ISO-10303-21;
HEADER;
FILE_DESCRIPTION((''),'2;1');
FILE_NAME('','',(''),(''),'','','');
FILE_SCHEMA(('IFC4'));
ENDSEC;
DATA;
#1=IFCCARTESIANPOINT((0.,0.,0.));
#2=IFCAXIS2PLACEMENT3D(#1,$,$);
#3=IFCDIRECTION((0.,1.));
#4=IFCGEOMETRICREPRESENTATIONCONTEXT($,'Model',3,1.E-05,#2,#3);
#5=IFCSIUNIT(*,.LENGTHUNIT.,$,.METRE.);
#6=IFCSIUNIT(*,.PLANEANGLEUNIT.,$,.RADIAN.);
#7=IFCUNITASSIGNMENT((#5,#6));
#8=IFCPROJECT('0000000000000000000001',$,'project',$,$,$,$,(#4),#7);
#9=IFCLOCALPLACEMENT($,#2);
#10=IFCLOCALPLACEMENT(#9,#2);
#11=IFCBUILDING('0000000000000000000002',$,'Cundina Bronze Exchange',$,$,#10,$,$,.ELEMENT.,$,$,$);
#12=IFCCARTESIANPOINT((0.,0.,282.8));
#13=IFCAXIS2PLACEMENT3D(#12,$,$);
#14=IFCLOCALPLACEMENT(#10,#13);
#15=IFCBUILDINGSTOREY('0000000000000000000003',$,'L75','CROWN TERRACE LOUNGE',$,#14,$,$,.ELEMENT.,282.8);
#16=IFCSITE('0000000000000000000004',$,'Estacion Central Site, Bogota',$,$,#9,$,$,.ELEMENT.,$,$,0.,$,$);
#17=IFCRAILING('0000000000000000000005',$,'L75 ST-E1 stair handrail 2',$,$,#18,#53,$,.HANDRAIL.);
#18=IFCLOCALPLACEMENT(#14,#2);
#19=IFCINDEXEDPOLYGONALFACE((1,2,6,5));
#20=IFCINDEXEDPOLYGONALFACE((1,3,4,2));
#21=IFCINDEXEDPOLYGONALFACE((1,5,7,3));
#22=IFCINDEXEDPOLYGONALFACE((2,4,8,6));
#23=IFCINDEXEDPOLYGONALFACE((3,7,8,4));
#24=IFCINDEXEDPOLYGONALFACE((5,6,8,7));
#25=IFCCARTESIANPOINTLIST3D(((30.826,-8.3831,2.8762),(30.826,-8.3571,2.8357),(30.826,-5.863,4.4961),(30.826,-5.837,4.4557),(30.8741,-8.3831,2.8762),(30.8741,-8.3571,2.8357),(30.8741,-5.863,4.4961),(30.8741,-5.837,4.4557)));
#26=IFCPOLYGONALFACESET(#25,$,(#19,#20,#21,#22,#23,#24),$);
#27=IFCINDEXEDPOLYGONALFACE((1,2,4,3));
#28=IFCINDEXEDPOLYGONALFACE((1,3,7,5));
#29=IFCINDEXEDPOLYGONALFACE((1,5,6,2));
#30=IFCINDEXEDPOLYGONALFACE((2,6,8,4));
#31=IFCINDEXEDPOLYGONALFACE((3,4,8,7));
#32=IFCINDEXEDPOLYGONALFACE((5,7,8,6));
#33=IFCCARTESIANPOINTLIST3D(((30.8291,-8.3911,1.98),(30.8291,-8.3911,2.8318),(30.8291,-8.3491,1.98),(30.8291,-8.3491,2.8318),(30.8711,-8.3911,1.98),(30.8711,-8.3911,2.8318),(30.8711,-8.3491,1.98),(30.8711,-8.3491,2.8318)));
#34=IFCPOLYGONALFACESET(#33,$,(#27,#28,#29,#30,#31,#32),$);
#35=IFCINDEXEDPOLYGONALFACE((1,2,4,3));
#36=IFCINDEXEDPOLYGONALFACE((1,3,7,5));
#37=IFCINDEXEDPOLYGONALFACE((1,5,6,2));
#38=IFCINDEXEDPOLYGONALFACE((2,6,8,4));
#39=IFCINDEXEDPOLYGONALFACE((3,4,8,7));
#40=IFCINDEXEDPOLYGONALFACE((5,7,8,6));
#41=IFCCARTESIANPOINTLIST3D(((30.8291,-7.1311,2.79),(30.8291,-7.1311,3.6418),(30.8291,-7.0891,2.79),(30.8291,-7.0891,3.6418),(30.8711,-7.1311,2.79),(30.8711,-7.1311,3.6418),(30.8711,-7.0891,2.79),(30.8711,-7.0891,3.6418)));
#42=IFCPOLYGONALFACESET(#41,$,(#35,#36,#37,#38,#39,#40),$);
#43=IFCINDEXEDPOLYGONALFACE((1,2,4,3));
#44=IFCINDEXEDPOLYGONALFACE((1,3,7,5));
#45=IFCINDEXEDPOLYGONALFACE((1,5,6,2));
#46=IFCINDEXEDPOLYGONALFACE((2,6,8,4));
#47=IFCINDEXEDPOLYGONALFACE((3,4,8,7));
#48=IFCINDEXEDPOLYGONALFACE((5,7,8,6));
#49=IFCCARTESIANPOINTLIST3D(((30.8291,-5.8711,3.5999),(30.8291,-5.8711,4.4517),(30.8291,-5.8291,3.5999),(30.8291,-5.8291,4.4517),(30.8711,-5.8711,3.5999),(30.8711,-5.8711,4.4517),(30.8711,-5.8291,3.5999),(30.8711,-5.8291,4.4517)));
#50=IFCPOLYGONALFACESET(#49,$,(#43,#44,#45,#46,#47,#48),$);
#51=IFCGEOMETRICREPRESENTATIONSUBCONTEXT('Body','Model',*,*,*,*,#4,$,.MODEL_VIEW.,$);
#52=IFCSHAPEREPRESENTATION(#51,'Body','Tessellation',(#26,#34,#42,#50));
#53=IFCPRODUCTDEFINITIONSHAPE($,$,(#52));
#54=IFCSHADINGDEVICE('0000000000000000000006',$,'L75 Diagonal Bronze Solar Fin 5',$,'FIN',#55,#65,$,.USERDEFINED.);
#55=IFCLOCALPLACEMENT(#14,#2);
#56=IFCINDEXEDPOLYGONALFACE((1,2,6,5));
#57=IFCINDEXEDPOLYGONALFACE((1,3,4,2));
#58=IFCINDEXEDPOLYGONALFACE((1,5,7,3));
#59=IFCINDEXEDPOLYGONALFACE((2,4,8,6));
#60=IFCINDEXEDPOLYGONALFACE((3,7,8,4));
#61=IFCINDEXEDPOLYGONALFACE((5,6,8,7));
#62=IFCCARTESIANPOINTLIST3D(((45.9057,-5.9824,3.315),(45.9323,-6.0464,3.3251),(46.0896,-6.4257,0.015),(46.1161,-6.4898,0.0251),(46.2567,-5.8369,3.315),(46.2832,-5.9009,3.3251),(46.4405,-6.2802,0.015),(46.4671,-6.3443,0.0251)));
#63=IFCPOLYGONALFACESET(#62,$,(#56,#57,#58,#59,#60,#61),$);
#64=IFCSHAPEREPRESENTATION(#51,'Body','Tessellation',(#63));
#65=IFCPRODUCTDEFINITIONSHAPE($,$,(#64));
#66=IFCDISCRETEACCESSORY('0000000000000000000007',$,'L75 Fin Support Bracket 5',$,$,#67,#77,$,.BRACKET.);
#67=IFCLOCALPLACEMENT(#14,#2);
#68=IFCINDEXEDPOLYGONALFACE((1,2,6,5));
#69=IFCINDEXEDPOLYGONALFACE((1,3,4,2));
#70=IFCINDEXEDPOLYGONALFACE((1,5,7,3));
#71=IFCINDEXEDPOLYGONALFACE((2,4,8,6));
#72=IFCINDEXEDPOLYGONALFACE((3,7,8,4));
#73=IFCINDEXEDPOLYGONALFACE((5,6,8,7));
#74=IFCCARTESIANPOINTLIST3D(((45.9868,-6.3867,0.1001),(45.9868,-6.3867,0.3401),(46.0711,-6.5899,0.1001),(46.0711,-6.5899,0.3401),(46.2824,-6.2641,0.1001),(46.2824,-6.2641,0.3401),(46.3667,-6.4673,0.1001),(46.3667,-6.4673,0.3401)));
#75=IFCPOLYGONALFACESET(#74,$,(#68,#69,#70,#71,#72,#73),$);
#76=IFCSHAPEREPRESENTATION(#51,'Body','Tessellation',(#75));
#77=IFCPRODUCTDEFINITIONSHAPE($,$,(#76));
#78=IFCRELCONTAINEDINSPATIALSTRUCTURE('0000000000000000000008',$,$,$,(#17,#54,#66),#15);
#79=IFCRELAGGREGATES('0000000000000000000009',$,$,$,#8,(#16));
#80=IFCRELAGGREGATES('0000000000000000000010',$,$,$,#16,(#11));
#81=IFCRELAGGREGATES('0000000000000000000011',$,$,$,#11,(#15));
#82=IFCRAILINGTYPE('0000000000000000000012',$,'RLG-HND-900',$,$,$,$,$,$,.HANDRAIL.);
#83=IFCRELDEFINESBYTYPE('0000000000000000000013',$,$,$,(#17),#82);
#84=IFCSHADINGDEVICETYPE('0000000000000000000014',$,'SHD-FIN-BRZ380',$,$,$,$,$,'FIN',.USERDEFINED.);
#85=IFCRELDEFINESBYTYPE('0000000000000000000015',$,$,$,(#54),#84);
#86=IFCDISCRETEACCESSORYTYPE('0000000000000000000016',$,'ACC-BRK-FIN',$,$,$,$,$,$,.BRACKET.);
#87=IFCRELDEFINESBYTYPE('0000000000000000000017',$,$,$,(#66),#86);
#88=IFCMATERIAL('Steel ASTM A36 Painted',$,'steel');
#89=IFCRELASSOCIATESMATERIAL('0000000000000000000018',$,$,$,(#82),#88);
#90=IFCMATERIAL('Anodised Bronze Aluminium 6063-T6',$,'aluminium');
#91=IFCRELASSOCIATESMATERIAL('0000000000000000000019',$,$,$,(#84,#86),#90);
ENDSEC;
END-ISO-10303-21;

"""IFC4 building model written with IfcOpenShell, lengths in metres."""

from ifc_helpers import new_model, si_unit, direction, frame, origin, origin_2d, place, context, subcontext, project, spatial, rectangle, extrude, material, material_profile, profile_set, type_object, element, save


model = new_model("IFC4")

# Units and contexts
model_context = context("Model", 3, precision=1e-05, world=origin(), true_north=direction((0.0, 1.0)))
body_context = subcontext(model_context, "Body", "Model", "MODEL_VIEW")
ifc_project = project(units=[si_unit("LENGTHUNIT", "METRE"), si_unit("PLANEANGLEUNIT", "RADIAN")], contexts=[model_context])

# Site, building, storey
site_placement = place(None, origin())
site = spatial("IfcSite", under=ifc_project, at=site_placement, Name="Estacion Central Site, Bogota", CompositionType="ELEMENT", RefElevation=0.0)
building_placement = place(site_placement, origin())
building = spatial("IfcBuilding", under=site, at=building_placement, Name="Cundina Bronze Exchange", CompositionType="ELEMENT")
storey_placement = place(building_placement, frame((0.0, 0.0, 282.8)))
storey = spatial("IfcBuildingStorey", under=building, at=storey_placement, Name="L75", Description="CROWN TERRACE LOUNGE", CompositionType="ELEMENT", Elevation=282.8)

# Shared definitions
ifc_material_1 = material(Name="Anodised Bronze Aluminium 6063-T6", Category="aluminium")

# Railing
ifc_material_2 = material(Name="Steel ASTM A36 Painted", Category="steel")
railing_type = type_object("IfcRailingType", Name="RLG-HND-900", PredefinedType="HANDRAIL", material=ifc_material_2)
railing_placement = place(storey_placement, frame((30.8501, -8.3701, 1.98)))
element("IfcRailing", 1, at=railing_placement, inside=storey, type_object=railing_type, Name="L75 ST-E1 stair handrail 2", PredefinedType="HANDRAIL", context=body_context, shape_type="SweptSolid", body=[
    extrude(rectangle(XDim=0.0481, YDim=0.0481, at=origin_2d()), frame((0.0, 0.0, 0.876), z_axis=(0.0, 0.8412, 0.540725), x_axis=(-1.0, 0.0, 0.0)), (0.0, 0.0, 1.0), 2.9958),
    extrude(rectangle(XDim=0.042, YDim=0.042, at=origin_2d()), origin(), (0.0, 0.0, 1.0), 0.8518),
    extrude(rectangle(XDim=0.042, YDim=0.042, at=origin_2d()), frame((0.0, 1.26, 0.8101)), (0.0, 0.0, 1.0), 0.8518),
    extrude(rectangle(XDim=0.042, YDim=0.042, at=origin_2d()), frame((0.0, 2.52, 1.6199)), (0.0, 0.0, 1.0), 0.8518),
])

# Shading device
ifc_material_profile_1 = material_profile(ifc_material_1, rectangle(XDim=0.0701, YDim=0.3799, at=origin_2d()), Name="FIN70X380", Category="aluminium")
ifc_profile_set_1 = profile_set([ifc_material_profile_1], Name="Anodised Bronze Aluminium 6063-T6")
shading_device_type = type_object("IfcShadingDeviceType", Name="SHD-FIN-BRZ380", ElementType="FIN", PredefinedType="USERDEFINED", material=ifc_profile_set_1)
shading_device_placement = place(storey_placement, frame((46.2783, -6.385, 0.02), z_axis=(-0.055128, 0.132951, 0.989588), x_axis=(0.379038, -0.91412, 0.143927)))
element("IfcShadingDevice", 2, at=shading_device_placement, inside=storey, type_object=shading_device_type, Name="L75 Diagonal Bronze Solar Fin 5", ObjectType="FIN", PredefinedType="USERDEFINED", context=body_context, shape_type="SweptSolid", body=[
    extrude(rectangle(XDim=0.0701, YDim=0.3799, at=origin_2d()), origin(), (0.0, 0.0, 1.0), 3.3347),
])

# Discrete accessory
discrete_accessory_type = type_object("IfcDiscreteAccessoryType", Name="ACC-BRK-FIN", PredefinedType="BRACKET", material=ifc_material_1)
discrete_accessory_placement = place(storey_placement, frame((46.1768, -6.427, 0.1001), z_axis=(0.0, 0.0, 1.0), x_axis=(-0.383232, 0.923652, 0.0)))
element("IfcDiscreteAccessory", 3, at=discrete_accessory_placement, inside=storey, type_object=discrete_accessory_type, Name="L75 Fin Support Bracket 5", PredefinedType="BRACKET", context=body_context, shape_type="SweptSolid", body=[
    extrude(rectangle(XDim=0.22, YDim=0.3201, at=origin_2d()), origin(), (0.0, 0.0, 1.0), 0.24),
])

save(model, "model.ifc")
